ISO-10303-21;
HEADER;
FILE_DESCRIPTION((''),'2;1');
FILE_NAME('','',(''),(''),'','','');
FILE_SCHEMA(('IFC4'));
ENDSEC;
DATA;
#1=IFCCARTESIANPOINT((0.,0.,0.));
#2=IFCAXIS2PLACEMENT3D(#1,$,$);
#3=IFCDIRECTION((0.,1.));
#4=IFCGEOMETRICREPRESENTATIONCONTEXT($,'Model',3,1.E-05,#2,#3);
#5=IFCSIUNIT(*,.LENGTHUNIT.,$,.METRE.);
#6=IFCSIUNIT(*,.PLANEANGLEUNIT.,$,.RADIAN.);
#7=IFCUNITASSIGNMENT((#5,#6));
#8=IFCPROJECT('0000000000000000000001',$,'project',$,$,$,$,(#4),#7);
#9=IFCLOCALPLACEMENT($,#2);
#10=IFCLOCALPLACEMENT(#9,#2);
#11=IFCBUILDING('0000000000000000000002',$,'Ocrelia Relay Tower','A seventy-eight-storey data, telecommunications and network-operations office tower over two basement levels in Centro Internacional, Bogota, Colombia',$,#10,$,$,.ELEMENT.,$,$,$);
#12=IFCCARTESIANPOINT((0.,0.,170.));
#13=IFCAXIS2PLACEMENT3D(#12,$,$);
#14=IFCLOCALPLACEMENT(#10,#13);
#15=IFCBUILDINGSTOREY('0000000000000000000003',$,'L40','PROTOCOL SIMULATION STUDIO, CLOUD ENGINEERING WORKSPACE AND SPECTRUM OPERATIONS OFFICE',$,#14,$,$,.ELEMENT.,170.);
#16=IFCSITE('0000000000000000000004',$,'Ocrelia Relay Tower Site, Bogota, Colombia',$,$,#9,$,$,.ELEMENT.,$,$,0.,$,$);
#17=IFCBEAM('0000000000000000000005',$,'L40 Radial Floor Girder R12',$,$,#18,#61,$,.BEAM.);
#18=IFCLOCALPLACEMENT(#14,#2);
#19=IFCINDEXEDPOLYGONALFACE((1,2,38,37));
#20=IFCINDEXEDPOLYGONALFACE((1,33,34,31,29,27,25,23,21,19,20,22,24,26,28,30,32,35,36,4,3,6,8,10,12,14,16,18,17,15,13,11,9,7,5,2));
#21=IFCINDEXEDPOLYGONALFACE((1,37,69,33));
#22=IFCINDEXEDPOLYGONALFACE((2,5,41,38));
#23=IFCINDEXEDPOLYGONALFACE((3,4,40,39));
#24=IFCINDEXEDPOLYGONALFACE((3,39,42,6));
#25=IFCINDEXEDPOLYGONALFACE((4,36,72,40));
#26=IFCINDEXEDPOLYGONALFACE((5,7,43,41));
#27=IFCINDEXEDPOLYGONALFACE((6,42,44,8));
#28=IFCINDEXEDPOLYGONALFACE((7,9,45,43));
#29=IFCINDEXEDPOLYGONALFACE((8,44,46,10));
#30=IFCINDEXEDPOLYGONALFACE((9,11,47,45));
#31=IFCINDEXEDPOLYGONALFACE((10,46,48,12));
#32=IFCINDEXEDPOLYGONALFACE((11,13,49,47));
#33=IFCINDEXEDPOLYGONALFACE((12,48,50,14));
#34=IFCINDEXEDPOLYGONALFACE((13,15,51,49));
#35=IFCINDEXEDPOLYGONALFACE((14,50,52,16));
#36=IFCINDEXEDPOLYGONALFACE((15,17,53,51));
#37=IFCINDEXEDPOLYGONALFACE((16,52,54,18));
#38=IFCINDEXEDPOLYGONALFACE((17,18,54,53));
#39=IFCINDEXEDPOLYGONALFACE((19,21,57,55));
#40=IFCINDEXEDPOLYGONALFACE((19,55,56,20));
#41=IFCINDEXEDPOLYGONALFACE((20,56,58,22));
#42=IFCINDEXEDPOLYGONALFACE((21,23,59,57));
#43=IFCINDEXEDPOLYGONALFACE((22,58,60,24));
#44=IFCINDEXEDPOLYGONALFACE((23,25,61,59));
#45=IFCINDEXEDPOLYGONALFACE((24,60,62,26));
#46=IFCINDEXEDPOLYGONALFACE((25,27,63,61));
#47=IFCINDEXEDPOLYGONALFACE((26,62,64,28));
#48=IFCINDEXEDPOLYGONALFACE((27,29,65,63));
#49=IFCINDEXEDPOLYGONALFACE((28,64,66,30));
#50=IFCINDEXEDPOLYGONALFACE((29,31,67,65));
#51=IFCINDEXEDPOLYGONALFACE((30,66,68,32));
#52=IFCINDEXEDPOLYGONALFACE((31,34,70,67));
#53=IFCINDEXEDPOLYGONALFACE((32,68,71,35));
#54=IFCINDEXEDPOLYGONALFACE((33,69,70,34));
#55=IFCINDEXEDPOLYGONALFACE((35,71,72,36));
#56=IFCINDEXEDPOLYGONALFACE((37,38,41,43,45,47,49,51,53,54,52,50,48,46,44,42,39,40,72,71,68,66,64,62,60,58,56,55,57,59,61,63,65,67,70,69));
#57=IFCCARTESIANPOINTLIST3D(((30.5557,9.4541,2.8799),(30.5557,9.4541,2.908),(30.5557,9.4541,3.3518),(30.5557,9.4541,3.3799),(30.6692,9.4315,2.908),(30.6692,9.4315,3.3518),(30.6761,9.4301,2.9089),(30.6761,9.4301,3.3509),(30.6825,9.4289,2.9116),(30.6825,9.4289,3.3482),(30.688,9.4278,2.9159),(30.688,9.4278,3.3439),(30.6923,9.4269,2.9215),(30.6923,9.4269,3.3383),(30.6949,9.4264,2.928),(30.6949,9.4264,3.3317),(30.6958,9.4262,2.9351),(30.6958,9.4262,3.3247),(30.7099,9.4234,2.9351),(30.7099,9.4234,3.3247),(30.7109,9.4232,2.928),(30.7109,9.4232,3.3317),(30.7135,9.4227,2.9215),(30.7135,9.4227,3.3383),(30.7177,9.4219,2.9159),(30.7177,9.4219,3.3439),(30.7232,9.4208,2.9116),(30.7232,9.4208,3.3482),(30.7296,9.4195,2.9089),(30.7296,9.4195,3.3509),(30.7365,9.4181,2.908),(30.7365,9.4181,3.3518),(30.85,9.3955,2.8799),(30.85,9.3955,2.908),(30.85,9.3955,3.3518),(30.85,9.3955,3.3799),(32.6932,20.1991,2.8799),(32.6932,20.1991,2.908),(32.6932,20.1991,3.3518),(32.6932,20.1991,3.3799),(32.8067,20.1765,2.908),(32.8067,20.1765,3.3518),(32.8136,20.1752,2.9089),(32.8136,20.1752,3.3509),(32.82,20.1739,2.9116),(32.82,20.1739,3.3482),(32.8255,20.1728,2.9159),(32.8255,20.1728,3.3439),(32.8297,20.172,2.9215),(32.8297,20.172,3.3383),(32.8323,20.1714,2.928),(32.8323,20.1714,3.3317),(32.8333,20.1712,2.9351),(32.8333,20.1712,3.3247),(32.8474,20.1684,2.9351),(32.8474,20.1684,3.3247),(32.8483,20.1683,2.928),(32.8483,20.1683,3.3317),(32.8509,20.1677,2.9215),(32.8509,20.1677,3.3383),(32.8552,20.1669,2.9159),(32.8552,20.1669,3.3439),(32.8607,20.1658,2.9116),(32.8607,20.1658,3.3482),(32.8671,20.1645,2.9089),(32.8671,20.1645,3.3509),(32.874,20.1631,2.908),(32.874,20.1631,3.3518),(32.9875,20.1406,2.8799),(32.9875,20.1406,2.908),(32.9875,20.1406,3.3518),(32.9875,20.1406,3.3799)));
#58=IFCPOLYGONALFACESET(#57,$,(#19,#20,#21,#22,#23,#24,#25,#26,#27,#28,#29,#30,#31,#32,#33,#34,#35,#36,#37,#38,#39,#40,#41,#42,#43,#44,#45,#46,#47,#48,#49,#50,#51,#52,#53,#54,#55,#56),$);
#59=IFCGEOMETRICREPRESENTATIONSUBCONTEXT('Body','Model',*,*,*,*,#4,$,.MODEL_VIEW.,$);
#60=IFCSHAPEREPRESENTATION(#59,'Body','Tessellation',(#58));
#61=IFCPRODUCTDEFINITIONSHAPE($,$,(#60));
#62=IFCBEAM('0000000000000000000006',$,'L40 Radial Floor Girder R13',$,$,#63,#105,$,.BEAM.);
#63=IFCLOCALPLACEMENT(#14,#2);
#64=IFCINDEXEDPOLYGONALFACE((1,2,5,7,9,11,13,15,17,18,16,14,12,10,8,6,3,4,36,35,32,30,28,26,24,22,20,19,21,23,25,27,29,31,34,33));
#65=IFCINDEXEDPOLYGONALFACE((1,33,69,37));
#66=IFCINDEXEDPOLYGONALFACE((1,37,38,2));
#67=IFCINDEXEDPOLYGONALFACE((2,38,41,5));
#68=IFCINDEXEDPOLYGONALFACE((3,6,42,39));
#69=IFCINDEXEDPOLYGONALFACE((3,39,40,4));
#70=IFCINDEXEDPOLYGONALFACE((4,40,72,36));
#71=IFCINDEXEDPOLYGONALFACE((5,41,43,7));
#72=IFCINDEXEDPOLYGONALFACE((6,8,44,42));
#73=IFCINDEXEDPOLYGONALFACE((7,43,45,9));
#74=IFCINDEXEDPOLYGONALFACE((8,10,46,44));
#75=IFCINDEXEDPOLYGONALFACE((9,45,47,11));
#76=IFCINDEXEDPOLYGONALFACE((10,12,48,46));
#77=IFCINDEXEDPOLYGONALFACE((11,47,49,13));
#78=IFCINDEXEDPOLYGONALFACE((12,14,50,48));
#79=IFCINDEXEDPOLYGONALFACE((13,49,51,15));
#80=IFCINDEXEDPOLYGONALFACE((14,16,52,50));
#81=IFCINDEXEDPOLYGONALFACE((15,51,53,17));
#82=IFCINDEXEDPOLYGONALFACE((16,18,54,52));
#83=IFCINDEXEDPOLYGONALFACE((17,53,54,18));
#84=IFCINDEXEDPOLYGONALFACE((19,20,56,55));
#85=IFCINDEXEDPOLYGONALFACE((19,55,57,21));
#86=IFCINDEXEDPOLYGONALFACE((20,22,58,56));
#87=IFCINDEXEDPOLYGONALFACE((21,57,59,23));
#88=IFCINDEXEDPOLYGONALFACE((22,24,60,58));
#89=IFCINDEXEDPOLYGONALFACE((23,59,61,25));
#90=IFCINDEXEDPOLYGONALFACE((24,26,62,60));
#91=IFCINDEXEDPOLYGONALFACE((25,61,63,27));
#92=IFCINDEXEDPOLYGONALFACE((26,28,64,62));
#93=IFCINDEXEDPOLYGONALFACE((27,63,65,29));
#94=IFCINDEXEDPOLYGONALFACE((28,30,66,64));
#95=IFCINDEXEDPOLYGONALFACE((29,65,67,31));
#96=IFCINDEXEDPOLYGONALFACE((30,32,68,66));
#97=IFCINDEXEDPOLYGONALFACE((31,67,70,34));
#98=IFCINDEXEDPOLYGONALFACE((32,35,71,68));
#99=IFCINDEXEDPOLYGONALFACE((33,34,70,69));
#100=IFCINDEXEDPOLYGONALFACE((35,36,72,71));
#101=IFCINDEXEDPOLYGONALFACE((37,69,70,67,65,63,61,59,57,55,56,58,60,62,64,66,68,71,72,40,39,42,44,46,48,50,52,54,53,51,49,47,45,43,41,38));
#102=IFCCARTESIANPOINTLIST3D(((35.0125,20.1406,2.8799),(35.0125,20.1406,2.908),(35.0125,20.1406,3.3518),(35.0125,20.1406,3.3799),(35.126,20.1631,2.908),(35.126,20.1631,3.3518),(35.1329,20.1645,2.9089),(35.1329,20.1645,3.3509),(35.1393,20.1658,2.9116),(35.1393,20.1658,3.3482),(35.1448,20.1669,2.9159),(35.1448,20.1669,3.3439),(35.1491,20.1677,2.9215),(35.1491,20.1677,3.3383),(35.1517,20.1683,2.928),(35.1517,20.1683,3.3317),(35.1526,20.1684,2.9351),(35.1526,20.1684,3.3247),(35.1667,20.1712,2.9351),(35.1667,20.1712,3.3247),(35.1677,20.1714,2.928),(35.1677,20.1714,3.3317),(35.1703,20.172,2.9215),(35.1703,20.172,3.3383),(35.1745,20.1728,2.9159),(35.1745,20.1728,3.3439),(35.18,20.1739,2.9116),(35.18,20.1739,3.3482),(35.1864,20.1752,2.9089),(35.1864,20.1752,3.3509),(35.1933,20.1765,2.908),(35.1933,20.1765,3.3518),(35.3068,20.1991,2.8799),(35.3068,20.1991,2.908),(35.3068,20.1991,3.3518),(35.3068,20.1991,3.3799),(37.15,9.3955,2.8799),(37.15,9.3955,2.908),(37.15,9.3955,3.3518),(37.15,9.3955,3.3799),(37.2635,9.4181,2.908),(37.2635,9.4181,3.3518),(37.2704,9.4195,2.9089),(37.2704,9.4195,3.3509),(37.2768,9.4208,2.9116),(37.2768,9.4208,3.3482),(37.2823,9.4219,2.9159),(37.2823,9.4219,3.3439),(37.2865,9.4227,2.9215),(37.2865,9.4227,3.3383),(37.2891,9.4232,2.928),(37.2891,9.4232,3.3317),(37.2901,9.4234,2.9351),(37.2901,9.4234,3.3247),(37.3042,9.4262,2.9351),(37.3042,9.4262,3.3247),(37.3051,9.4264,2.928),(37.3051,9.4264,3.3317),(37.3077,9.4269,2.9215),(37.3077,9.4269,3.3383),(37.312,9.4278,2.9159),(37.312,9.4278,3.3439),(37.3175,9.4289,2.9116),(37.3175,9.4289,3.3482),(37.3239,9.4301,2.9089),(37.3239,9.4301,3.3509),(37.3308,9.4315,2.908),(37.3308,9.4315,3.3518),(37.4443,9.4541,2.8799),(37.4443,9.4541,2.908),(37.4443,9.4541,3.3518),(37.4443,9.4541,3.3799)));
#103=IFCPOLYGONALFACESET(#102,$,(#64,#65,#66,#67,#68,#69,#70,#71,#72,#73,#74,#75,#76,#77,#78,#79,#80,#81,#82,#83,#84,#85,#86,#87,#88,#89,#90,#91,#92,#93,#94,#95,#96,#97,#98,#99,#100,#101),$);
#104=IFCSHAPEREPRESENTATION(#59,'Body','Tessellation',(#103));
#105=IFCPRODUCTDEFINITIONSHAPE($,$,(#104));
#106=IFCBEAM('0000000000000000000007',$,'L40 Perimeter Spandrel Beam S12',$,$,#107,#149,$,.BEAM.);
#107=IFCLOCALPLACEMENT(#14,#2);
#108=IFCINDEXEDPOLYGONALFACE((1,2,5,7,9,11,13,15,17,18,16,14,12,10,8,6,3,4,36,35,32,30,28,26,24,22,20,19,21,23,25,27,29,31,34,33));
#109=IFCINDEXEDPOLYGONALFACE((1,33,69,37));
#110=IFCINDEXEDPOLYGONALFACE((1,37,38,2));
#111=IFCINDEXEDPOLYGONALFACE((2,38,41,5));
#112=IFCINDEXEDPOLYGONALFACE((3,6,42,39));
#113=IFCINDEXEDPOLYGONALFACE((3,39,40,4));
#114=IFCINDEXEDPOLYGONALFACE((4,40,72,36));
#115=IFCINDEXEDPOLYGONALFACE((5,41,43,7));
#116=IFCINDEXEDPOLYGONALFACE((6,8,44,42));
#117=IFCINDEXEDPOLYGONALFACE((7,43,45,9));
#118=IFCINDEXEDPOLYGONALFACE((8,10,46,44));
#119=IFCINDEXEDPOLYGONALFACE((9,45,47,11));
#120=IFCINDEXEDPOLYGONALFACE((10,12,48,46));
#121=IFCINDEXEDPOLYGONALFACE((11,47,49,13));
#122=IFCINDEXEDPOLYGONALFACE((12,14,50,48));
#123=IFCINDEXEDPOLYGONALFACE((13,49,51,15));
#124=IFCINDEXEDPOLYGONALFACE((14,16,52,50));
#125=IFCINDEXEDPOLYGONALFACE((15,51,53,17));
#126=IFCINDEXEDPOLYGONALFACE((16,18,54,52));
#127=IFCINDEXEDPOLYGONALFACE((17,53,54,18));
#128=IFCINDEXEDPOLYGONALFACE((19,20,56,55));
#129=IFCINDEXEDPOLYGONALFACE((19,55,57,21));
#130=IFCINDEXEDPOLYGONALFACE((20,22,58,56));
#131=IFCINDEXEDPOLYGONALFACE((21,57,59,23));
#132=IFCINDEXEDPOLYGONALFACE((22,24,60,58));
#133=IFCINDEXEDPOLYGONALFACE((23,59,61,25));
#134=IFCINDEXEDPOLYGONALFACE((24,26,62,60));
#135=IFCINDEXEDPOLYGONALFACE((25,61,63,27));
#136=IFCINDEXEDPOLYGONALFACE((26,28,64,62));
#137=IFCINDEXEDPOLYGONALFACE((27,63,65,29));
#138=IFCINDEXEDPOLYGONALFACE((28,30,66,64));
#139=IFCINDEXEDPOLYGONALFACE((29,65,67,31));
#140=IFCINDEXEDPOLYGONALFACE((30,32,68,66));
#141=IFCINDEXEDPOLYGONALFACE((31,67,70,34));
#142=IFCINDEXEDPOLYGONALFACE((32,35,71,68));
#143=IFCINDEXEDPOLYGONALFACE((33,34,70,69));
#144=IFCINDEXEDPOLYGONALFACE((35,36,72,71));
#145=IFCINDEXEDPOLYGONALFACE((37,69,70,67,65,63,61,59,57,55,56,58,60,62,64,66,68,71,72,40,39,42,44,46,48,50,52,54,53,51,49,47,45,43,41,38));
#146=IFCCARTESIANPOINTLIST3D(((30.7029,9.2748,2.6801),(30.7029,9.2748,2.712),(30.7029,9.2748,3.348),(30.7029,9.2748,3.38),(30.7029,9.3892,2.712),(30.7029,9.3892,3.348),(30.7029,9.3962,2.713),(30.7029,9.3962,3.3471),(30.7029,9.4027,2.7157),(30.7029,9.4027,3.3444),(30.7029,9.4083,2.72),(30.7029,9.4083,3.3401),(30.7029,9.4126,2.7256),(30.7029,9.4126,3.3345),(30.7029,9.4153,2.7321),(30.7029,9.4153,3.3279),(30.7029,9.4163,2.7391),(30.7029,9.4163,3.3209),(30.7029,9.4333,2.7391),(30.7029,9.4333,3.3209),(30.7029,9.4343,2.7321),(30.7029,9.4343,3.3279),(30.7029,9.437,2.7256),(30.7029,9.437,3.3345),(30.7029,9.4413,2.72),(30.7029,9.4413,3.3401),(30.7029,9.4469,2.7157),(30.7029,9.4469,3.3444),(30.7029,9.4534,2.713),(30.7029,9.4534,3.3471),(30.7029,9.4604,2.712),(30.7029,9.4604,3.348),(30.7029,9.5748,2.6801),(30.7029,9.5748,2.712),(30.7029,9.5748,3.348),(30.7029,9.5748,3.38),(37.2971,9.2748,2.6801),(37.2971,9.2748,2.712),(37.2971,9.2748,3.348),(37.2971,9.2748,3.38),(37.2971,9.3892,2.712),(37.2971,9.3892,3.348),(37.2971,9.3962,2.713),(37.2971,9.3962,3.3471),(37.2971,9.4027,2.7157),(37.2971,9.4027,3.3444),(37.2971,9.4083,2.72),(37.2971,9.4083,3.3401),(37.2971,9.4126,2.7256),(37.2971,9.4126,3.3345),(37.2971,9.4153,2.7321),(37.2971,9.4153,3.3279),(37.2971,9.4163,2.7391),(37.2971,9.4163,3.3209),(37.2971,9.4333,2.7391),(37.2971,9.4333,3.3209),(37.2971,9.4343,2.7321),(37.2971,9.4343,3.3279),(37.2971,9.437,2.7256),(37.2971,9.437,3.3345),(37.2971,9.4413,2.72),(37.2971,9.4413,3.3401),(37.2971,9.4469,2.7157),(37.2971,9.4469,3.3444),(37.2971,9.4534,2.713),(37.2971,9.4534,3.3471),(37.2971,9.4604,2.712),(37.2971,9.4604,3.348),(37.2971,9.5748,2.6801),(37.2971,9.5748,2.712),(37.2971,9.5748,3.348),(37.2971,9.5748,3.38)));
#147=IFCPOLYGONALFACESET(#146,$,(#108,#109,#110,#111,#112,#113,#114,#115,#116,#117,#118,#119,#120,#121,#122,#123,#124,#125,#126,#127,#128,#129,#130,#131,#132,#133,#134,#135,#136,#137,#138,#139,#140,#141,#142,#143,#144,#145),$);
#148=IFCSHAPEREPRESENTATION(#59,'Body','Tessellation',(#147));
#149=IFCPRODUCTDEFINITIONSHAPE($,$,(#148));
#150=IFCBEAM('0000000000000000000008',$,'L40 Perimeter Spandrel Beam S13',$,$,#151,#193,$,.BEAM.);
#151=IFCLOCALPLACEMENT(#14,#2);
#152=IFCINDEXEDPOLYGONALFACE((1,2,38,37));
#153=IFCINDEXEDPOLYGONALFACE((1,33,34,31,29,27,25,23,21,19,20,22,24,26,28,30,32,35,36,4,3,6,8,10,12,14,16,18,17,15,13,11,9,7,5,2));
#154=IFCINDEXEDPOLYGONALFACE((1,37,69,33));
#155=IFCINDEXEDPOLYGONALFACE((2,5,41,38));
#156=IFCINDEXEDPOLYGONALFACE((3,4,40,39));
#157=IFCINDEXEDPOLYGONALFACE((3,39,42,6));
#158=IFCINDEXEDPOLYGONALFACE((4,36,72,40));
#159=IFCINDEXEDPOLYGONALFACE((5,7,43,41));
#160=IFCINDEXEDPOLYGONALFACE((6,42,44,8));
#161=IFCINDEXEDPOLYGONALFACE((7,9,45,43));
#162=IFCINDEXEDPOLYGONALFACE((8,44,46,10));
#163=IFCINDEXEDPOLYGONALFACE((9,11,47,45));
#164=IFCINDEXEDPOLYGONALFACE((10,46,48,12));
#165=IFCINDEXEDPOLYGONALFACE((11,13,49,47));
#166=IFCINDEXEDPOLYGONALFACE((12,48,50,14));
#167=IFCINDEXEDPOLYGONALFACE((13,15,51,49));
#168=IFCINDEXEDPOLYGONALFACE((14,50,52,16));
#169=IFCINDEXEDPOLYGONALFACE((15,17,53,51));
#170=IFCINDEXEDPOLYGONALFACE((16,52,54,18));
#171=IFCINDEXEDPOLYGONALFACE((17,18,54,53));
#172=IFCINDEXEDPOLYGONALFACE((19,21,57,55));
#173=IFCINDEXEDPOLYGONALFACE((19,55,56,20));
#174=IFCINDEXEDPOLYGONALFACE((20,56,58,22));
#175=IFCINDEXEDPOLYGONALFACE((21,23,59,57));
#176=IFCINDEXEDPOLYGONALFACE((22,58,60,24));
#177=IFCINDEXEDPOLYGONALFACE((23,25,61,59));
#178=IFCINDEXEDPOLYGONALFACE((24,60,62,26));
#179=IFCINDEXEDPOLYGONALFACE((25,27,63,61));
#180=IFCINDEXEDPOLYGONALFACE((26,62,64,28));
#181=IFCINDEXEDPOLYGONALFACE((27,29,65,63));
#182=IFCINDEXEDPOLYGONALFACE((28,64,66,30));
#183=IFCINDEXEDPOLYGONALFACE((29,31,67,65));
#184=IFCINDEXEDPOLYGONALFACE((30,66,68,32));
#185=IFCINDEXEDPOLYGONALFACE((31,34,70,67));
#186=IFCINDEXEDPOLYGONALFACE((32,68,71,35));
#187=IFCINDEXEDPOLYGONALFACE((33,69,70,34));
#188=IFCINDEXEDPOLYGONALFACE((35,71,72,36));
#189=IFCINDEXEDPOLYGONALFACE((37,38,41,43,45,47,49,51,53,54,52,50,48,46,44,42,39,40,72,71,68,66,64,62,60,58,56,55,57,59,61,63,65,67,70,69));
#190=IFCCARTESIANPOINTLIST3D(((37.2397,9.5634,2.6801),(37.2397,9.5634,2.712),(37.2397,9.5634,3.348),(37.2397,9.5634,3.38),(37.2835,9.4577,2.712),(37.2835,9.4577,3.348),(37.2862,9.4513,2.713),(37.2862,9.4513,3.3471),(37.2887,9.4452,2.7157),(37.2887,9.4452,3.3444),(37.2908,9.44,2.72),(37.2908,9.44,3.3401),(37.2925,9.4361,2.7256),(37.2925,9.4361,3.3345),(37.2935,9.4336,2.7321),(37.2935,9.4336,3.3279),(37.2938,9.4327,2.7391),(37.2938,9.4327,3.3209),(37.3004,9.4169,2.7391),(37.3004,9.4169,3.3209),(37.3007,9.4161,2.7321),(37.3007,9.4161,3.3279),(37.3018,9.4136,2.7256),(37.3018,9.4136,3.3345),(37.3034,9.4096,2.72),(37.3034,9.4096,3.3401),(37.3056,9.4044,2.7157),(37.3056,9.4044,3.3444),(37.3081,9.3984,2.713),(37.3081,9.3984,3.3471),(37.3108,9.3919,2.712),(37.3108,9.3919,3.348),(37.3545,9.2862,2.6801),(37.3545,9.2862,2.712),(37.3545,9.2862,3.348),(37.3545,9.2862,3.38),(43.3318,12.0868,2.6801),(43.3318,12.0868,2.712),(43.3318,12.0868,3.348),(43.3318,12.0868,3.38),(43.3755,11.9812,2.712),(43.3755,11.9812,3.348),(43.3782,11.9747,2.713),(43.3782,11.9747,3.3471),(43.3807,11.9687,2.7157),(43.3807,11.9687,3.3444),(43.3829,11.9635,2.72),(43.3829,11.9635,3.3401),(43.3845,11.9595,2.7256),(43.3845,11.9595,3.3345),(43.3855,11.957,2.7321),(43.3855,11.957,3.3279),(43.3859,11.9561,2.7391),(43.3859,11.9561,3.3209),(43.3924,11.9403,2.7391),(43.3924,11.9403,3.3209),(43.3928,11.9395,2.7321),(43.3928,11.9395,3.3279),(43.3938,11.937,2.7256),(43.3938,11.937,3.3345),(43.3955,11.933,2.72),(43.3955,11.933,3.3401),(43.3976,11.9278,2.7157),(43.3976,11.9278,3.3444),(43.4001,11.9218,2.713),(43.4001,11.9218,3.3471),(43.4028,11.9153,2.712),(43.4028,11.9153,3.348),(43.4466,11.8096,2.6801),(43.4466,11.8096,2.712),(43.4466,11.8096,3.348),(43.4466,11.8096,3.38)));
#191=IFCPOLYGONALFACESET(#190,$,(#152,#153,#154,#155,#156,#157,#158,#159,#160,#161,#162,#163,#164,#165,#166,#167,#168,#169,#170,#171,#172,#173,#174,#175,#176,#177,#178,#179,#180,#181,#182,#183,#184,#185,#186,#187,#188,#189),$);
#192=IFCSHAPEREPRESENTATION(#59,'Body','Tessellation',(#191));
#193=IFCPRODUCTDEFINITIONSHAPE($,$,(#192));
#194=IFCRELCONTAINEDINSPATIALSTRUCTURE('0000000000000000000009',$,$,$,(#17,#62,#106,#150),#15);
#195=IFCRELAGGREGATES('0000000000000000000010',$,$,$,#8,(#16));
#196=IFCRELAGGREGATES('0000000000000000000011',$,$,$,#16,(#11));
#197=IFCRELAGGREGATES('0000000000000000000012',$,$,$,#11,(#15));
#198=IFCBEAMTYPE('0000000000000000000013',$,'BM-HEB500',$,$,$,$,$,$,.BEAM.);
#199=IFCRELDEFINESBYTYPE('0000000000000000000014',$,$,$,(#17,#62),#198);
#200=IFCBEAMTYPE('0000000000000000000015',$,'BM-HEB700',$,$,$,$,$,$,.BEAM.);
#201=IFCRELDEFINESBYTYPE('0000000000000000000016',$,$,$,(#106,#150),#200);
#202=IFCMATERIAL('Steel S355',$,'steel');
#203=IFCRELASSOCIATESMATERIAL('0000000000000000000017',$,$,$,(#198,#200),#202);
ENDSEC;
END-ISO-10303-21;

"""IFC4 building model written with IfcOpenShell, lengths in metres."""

from ifc_helpers import new_model, si_unit, direction, frame, origin, origin_2d, place, context, subcontext, project, spatial, i_section, extrude, material, material_profile, profile_set, type_object, element, save


model = new_model("IFC4")

# Units and contexts
model_context = context("Model", 3, precision=1e-05, world=origin(), true_north=direction((0.0, 1.0)))
body_context = subcontext(model_context, "Body", "Model", "MODEL_VIEW")
ifc_project = project(units=[si_unit("LENGTHUNIT", "METRE"), si_unit("PLANEANGLEUNIT", "RADIAN")], contexts=[model_context])

# Site, building, storey
site_placement = place(None, origin())
site = spatial("IfcSite", under=ifc_project, at=site_placement, Name="Ocrelia Relay Tower Site, Bogota, Colombia", CompositionType="ELEMENT", RefElevation=0.0)
building_placement = place(site_placement, origin())
building = spatial("IfcBuilding", under=site, at=building_placement, Name="Ocrelia Relay Tower", Description="A seventy-eight-storey data, telecommunications and network-operations office tower over two basement levels in Centro Internacional, Bogota, Colombia", CompositionType="ELEMENT")
storey_placement = place(building_placement, frame((0.0, 0.0, 170.0)))
storey = spatial("IfcBuildingStorey", under=building, at=storey_placement, Name="L40", Description="PROTOCOL SIMULATION STUDIO, CLOUD ENGINEERING WORKSPACE AND SPECTRUM OPERATIONS OFFICE", CompositionType="ELEMENT", Elevation=170.0)

# Beams
ifc_material_1 = material(Name="Steel S355", Category="steel")
ifc_material_profile_1 = material_profile(ifc_material_1, i_section(OverallWidth=0.3, OverallDepth=0.5, WebThickness=0.0144, FlangeThickness=0.0281, FilletRadius=0.0271, at=origin_2d()), Name="HEB 500")
ifc_profile_set_1 = profile_set([ifc_material_profile_1], Name="Steel S355")
beam_type_1 = type_object("IfcBeamType", Name="BM-HEB500", PredefinedType="BEAM", material=ifc_profile_set_1)
for number, where, z_axis, x_axis, name in (
    (1, (30.7029, 9.4248, 3.1299), (0.1951, 0.980783, 0.0), (-0.980783, 0.1951, 0.0), "L40 Radial Floor Girder R12"),
    (2, (37.2971, 9.4248, 3.1299), (-0.1951, 0.980783, 0.0), (-0.980783, -0.1951, 0.0), "L40 Radial Floor Girder R13"),
):
    element("IfcBeam", number, at=place(storey_placement, frame(where, z_axis=z_axis, x_axis=x_axis)), inside=storey, type_object=beam_type_1, Name=name, PredefinedType="BEAM", context=body_context, shape_type="SweptSolid", body=[
        extrude(i_section(OverallWidth=0.3, OverallDepth=0.5, WebThickness=0.0144, FlangeThickness=0.0281, FilletRadius=0.0271, at=origin_2d()), origin(), (0.0, 0.0, 1.0), 10.9556),
    ])
ifc_material_profile_2 = material_profile(ifc_material_1, i_section(OverallWidth=0.3, OverallDepth=0.7, WebThickness=0.0171, FlangeThickness=0.032, FilletRadius=0.0271, at=origin_2d()), Name="HEB 700")
ifc_profile_set_2 = profile_set([ifc_material_profile_2], Name="Steel S355")
beam_type_2 = type_object("IfcBeamType", Name="BM-HEB700", PredefinedType="BEAM", material=ifc_profile_set_2)
beam_1_placement = place(storey_placement, frame((30.7029, 9.4248, 3.03), z_axis=(1.0, 0.0, 0.0), x_axis=(0.0, 1.0, 0.0)))
element("IfcBeam", 3, at=beam_1_placement, inside=storey, type_object=beam_type_2, Name="L40 Perimeter Spandrel Beam S12", PredefinedType="BEAM", context=body_context, shape_type="SweptSolid", body=[
    extrude(i_section(OverallWidth=0.3, OverallDepth=0.7, WebThickness=0.0171, FlangeThickness=0.032, FilletRadius=0.0271, at=origin_2d()), origin(), (0.0, 0.0, 1.0), 6.5942),
])
beam_2_placement = place(storey_placement, frame((37.2971, 9.4248, 3.03), z_axis=(0.923878, 0.382688, 0.0), x_axis=(-0.382688, 0.923878, 0.0)))
element("IfcBeam", 4, at=beam_2_placement, inside=storey, type_object=beam_type_2, Name="L40 Perimeter Spandrel Beam S13", PredefinedType="BEAM", context=body_context, shape_type="SweptSolid", body=[
    extrude(i_section(OverallWidth=0.3, OverallDepth=0.7, WebThickness=0.0171, FlangeThickness=0.032, FilletRadius=0.0271, at=origin_2d()), origin(), (0.0, 0.0, 1.0), 6.594),
])

save(model, "model.ifc")
